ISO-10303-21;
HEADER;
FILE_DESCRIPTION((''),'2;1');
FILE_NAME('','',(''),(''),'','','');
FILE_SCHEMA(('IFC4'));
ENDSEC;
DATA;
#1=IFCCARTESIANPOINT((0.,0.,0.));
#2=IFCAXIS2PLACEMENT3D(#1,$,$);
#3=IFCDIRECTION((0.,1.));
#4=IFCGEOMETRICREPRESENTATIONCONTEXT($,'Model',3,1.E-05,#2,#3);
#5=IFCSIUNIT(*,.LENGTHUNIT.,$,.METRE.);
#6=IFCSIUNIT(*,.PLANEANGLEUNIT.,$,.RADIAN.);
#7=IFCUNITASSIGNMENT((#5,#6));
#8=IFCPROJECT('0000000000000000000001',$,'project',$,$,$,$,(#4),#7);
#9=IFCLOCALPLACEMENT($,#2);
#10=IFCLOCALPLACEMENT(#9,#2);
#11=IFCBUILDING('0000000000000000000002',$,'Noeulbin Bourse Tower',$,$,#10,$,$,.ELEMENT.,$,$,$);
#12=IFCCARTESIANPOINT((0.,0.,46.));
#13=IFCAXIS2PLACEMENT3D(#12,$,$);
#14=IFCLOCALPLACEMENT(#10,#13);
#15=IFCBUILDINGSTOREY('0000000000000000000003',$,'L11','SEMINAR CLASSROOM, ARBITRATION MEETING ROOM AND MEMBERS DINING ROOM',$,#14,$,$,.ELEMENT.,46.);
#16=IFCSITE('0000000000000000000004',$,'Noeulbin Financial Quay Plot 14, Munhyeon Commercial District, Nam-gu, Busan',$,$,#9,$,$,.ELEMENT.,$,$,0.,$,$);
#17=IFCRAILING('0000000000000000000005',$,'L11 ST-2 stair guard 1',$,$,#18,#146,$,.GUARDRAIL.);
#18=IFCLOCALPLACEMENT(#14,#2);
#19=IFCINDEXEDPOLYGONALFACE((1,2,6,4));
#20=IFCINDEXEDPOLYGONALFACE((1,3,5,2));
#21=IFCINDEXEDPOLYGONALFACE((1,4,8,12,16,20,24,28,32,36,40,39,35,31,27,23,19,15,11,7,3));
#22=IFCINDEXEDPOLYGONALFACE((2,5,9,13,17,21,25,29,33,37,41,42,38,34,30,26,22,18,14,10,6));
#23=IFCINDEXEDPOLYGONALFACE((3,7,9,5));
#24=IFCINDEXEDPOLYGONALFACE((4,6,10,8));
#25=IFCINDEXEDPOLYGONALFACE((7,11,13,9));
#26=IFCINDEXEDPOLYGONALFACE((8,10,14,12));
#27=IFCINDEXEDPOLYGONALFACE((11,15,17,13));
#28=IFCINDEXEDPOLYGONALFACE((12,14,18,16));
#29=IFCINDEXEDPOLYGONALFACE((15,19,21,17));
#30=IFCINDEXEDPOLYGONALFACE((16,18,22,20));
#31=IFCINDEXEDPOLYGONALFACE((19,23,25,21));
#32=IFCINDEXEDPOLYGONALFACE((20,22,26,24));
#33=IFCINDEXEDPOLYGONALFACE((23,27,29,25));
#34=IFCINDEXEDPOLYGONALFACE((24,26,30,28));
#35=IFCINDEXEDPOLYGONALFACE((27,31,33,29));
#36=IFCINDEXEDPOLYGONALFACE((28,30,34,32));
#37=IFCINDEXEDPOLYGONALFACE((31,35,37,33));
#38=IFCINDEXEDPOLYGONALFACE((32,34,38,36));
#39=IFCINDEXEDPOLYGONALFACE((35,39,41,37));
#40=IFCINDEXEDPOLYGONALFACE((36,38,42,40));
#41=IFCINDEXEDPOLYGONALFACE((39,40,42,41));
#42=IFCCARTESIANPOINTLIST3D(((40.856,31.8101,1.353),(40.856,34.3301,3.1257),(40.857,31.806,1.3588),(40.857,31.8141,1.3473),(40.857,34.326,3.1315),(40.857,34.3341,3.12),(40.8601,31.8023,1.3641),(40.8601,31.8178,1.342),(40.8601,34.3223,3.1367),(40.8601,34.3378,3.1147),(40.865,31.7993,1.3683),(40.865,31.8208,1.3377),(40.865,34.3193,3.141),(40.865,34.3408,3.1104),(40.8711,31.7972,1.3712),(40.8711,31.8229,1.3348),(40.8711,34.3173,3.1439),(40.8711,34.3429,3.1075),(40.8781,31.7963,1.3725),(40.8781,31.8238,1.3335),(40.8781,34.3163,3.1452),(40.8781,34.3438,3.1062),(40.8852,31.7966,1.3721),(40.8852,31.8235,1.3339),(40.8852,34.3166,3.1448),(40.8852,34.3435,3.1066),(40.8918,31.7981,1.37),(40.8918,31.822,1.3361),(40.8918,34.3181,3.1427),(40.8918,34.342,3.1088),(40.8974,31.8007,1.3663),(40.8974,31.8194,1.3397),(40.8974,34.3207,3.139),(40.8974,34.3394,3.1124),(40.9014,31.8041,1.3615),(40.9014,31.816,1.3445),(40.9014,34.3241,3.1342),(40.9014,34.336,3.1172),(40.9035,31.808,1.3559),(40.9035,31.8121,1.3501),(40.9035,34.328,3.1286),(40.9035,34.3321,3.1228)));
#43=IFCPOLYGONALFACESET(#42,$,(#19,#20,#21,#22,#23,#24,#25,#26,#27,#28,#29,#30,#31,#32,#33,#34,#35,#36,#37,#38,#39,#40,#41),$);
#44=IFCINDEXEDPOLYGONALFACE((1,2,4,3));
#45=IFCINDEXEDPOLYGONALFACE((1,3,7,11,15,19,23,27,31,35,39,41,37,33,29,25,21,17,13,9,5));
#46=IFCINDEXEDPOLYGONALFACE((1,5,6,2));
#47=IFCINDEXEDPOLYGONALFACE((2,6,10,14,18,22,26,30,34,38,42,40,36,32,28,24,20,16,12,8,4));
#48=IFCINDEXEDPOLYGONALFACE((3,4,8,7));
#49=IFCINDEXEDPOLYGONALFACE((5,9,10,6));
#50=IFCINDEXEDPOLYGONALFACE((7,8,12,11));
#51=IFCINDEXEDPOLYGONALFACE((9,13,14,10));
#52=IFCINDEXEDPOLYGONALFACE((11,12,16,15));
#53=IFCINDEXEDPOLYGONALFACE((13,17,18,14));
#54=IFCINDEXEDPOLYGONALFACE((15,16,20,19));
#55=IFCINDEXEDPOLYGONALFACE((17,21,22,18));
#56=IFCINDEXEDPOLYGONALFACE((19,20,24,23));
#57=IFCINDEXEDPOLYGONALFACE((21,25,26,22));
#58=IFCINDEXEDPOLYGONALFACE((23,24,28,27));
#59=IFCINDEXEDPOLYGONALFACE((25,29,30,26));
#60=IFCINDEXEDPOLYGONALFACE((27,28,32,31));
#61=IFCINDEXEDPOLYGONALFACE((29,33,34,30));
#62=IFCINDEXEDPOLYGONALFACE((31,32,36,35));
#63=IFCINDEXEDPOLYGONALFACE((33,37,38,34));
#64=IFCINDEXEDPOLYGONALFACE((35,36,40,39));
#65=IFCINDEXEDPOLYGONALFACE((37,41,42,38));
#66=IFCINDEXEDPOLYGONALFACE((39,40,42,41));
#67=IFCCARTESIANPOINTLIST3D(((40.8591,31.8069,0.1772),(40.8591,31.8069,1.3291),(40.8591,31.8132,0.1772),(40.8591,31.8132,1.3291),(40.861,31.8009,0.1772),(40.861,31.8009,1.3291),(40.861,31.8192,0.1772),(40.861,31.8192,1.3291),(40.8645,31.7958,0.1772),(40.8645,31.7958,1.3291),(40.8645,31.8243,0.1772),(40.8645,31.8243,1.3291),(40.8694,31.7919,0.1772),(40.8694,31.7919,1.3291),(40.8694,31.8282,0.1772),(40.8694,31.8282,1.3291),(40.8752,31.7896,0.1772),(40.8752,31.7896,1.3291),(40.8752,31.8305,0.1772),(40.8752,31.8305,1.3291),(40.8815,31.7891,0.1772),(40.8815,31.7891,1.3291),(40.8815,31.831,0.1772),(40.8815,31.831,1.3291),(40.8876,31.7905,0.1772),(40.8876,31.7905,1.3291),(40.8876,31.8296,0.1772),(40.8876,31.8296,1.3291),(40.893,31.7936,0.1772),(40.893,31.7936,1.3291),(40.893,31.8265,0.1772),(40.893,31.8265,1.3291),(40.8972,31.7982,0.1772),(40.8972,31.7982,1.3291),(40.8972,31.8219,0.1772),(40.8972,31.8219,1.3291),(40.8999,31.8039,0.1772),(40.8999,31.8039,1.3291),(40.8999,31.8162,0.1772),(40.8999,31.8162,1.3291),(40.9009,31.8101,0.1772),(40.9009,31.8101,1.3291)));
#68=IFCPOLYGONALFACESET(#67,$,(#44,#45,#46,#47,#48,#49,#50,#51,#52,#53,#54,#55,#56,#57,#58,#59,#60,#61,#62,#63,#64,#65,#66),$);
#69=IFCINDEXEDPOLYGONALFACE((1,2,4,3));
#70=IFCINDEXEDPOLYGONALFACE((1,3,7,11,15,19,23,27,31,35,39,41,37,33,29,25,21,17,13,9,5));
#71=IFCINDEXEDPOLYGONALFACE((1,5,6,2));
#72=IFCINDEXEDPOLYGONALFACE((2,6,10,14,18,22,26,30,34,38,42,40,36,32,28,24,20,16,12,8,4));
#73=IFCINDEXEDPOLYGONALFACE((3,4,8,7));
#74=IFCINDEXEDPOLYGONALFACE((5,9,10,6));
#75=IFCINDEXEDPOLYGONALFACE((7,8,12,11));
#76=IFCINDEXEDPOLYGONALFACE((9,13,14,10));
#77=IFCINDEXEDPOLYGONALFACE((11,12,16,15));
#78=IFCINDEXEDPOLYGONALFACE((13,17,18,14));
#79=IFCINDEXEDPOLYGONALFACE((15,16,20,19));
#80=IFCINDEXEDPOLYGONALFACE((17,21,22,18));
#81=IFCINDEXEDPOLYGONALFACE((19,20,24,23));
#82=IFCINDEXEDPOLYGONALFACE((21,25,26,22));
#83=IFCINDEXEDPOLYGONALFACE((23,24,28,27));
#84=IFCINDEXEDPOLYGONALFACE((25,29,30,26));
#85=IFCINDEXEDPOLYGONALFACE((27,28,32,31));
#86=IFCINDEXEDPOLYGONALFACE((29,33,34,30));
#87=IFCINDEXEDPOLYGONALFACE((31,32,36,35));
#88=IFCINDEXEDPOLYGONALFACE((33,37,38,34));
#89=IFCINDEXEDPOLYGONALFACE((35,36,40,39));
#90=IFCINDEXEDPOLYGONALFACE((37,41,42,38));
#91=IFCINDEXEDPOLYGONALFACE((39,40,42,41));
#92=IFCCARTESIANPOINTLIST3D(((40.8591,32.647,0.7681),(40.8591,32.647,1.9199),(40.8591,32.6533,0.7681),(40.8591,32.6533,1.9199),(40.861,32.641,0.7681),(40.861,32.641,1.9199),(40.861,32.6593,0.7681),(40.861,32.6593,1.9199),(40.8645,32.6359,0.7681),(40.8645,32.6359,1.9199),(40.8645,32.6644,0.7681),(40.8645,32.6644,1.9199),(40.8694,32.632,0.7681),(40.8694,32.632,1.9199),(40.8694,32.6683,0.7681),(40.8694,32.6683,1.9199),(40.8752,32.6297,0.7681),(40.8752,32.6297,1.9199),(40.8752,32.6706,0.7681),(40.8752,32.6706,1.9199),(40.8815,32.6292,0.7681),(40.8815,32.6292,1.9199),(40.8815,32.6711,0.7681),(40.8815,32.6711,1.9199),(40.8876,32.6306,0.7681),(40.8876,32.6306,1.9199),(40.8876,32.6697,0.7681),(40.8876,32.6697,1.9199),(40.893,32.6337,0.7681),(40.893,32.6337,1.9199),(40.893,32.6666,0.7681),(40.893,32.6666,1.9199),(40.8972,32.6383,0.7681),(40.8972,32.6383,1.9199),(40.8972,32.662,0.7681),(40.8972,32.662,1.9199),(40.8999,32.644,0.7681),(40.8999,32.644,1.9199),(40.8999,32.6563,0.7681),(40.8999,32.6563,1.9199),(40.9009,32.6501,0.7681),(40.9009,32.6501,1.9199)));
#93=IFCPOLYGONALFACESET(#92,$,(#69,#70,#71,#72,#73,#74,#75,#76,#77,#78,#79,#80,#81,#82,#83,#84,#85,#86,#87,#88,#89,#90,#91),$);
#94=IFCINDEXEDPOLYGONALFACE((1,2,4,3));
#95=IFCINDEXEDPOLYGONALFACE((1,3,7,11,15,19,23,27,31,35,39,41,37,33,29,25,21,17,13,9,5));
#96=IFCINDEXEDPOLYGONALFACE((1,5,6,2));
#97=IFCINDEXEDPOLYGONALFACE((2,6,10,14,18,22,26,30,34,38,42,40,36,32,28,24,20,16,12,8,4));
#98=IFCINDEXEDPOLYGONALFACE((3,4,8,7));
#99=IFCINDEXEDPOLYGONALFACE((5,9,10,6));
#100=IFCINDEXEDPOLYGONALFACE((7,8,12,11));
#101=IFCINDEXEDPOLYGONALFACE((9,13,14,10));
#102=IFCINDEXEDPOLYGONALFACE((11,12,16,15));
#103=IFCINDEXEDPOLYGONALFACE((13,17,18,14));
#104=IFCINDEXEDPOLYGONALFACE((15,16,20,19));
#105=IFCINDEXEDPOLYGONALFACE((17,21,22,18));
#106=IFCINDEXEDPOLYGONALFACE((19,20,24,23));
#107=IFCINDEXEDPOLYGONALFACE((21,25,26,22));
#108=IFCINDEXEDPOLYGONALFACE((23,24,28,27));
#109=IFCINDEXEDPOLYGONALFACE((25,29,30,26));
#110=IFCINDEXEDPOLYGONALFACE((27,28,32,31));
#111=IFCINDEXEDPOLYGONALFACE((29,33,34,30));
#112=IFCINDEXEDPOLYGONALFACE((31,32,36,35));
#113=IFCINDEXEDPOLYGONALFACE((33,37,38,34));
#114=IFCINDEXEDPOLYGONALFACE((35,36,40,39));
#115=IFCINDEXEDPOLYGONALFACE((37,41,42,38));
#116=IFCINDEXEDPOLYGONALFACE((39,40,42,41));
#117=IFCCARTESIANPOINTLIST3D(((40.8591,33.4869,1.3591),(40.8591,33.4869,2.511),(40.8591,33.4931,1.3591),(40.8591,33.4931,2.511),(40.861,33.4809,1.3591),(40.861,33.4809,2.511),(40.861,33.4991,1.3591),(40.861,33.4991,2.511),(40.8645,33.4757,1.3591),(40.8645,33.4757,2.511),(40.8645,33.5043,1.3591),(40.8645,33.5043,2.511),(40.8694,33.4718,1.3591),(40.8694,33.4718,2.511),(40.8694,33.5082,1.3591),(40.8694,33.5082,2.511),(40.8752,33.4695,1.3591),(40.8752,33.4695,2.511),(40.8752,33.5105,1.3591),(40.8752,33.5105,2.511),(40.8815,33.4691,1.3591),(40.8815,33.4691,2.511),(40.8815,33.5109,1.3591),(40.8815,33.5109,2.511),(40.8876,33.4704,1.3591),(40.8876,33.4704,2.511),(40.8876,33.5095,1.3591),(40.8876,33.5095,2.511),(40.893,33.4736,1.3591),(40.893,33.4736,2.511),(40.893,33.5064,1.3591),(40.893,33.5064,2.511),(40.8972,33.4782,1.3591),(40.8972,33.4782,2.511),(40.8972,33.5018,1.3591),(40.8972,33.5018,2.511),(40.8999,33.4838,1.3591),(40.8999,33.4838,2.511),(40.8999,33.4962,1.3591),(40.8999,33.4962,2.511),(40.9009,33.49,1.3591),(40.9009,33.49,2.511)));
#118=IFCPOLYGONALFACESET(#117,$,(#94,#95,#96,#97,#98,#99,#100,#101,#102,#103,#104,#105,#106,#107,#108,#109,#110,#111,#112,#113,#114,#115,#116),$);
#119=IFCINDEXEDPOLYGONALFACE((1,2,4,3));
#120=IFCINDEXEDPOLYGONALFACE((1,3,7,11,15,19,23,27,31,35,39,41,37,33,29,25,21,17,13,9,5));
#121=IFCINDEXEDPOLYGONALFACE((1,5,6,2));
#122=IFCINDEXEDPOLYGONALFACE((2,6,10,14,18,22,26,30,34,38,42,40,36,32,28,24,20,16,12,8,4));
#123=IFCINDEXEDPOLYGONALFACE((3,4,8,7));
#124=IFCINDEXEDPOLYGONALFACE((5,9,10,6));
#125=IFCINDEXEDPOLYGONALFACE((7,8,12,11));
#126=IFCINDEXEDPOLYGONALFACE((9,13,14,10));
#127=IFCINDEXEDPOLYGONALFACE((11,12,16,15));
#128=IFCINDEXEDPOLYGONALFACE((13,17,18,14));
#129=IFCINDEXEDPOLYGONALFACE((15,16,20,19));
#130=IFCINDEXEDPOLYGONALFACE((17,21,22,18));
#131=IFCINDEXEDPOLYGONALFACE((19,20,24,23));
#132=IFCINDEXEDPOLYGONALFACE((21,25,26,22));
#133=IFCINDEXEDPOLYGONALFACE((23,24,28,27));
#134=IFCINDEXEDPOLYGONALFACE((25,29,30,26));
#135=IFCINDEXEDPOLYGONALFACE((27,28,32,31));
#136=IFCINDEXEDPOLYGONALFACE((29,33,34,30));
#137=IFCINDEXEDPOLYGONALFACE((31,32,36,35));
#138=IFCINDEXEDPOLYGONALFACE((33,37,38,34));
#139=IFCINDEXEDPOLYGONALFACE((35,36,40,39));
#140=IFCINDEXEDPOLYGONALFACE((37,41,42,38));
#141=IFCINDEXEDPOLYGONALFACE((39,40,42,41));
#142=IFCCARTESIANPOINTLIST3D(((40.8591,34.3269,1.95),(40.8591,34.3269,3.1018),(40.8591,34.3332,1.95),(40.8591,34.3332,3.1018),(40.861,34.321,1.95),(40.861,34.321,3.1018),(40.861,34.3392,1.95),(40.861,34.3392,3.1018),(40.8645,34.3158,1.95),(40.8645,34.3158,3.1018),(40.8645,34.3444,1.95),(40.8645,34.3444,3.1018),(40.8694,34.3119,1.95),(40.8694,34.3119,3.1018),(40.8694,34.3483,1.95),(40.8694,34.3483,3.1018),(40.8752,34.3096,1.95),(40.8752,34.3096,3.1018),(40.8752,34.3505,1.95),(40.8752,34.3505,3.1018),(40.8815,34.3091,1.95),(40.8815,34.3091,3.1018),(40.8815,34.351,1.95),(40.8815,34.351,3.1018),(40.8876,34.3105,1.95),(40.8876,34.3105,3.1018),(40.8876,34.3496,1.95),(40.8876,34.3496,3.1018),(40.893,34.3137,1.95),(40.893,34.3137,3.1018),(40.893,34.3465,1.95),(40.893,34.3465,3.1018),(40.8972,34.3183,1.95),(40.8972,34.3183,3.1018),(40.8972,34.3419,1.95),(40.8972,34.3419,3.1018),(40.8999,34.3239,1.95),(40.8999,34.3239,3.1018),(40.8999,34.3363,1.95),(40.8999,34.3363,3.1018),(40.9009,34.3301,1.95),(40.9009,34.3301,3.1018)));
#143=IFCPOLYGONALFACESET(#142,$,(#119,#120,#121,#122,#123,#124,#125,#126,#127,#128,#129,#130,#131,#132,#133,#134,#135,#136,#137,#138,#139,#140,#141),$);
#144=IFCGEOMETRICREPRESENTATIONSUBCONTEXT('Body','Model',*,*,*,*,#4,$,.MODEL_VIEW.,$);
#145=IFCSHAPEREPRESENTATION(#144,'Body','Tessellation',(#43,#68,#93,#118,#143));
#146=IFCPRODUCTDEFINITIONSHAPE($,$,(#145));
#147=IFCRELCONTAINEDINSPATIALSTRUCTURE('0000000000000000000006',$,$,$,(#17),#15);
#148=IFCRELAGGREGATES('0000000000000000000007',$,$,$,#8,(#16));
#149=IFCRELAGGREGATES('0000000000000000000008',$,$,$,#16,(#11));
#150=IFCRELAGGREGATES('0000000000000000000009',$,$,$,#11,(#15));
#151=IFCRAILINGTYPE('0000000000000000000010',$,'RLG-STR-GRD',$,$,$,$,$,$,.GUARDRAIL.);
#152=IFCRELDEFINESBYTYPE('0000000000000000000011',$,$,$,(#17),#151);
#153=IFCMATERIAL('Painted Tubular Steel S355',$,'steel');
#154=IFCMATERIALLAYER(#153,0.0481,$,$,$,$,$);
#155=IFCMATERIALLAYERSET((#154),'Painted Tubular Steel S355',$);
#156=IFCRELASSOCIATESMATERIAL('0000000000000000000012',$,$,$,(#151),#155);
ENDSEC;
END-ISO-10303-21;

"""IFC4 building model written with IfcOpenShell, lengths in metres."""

from ifc_helpers import new_model, si_unit, direction, frame, origin, origin_2d, place, context, subcontext, project, spatial, circle, extrude, material, layer, layer_set, type_object, element, save


model = new_model("IFC4")

# Units and contexts
model_context = context("Model", 3, precision=1e-05, world=origin(), true_north=direction((0.0, 1.0)))
body_context = subcontext(model_context, "Body", "Model", "MODEL_VIEW")
ifc_project = project(units=[si_unit("LENGTHUNIT", "METRE"), si_unit("PLANEANGLEUNIT", "RADIAN")], contexts=[model_context])

# Site, building, storey
site_placement = place(None, origin())
site = spatial("IfcSite", under=ifc_project, at=site_placement, Name="Noeulbin Financial Quay Plot 14, Munhyeon Commercial District, Nam-gu, Busan", CompositionType="ELEMENT", RefElevation=0.0)
building_placement = place(site_placement, origin())
building = spatial("IfcBuilding", under=site, at=building_placement, Name="Noeulbin Bourse Tower", CompositionType="ELEMENT")
storey_placement = place(building_placement, frame((0.0, 0.0, 46.0)))
storey = spatial("IfcBuildingStorey", under=building, at=storey_placement, Name="L11", Description="SEMINAR CLASSROOM, ARBITRATION MEETING ROOM AND MEMBERS DINING ROOM", CompositionType="ELEMENT", Elevation=46.0)

# Railing
ifc_material_1 = material(Name="Painted Tubular Steel S355", Category="steel")
ifc_layer_1 = layer(ifc_material_1, 0.0481)
ifc_layer_set_1 = layer_set([ifc_layer_1], Name="Painted Tubular Steel S355")
railing_type_1 = type_object("IfcRailingType", Name="RLG-STR-GRD", PredefinedType="GUARDRAIL", material=ifc_layer_set_1)
railing_1_placement = place(storey_placement, frame((40.8799, 31.8101, 0.1772)))
element("IfcRailing", 1, at=railing_1_placement, inside=storey, type_object=railing_type_1, Name="L11 ST-2 stair guard 1", PredefinedType="GUARDRAIL", context=body_context, shape_type="SweptSolid", body=[
    extrude(circle(Radius=0.0239, at=origin_2d()), frame((0.0, 0.0, 1.1758), z_axis=(0.0, 0.817904, 0.575354), x_axis=(-1.0, 0.0, 0.0)), (0.0, 0.0, 1.0), 3.0811),
    extrude(circle(Radius=0.021, at=origin_2d()), origin(), (0.0, 0.0, 1.0), 1.1519),
    extrude(circle(Radius=0.021, at=origin_2d()), frame((0.0, 0.8401, 0.5908)), (0.0, 0.0, 1.0), 1.1519),
    extrude(circle(Radius=0.021, at=origin_2d()), frame((0.0, 1.6799, 1.1819)), (0.0, 0.0, 1.0), 1.1519),
    extrude(circle(Radius=0.021, at=origin_2d()), frame((0.0, 2.52, 1.7727)), (0.0, 0.0, 1.0), 1.1519),
])

save(model, "model.ifc")
